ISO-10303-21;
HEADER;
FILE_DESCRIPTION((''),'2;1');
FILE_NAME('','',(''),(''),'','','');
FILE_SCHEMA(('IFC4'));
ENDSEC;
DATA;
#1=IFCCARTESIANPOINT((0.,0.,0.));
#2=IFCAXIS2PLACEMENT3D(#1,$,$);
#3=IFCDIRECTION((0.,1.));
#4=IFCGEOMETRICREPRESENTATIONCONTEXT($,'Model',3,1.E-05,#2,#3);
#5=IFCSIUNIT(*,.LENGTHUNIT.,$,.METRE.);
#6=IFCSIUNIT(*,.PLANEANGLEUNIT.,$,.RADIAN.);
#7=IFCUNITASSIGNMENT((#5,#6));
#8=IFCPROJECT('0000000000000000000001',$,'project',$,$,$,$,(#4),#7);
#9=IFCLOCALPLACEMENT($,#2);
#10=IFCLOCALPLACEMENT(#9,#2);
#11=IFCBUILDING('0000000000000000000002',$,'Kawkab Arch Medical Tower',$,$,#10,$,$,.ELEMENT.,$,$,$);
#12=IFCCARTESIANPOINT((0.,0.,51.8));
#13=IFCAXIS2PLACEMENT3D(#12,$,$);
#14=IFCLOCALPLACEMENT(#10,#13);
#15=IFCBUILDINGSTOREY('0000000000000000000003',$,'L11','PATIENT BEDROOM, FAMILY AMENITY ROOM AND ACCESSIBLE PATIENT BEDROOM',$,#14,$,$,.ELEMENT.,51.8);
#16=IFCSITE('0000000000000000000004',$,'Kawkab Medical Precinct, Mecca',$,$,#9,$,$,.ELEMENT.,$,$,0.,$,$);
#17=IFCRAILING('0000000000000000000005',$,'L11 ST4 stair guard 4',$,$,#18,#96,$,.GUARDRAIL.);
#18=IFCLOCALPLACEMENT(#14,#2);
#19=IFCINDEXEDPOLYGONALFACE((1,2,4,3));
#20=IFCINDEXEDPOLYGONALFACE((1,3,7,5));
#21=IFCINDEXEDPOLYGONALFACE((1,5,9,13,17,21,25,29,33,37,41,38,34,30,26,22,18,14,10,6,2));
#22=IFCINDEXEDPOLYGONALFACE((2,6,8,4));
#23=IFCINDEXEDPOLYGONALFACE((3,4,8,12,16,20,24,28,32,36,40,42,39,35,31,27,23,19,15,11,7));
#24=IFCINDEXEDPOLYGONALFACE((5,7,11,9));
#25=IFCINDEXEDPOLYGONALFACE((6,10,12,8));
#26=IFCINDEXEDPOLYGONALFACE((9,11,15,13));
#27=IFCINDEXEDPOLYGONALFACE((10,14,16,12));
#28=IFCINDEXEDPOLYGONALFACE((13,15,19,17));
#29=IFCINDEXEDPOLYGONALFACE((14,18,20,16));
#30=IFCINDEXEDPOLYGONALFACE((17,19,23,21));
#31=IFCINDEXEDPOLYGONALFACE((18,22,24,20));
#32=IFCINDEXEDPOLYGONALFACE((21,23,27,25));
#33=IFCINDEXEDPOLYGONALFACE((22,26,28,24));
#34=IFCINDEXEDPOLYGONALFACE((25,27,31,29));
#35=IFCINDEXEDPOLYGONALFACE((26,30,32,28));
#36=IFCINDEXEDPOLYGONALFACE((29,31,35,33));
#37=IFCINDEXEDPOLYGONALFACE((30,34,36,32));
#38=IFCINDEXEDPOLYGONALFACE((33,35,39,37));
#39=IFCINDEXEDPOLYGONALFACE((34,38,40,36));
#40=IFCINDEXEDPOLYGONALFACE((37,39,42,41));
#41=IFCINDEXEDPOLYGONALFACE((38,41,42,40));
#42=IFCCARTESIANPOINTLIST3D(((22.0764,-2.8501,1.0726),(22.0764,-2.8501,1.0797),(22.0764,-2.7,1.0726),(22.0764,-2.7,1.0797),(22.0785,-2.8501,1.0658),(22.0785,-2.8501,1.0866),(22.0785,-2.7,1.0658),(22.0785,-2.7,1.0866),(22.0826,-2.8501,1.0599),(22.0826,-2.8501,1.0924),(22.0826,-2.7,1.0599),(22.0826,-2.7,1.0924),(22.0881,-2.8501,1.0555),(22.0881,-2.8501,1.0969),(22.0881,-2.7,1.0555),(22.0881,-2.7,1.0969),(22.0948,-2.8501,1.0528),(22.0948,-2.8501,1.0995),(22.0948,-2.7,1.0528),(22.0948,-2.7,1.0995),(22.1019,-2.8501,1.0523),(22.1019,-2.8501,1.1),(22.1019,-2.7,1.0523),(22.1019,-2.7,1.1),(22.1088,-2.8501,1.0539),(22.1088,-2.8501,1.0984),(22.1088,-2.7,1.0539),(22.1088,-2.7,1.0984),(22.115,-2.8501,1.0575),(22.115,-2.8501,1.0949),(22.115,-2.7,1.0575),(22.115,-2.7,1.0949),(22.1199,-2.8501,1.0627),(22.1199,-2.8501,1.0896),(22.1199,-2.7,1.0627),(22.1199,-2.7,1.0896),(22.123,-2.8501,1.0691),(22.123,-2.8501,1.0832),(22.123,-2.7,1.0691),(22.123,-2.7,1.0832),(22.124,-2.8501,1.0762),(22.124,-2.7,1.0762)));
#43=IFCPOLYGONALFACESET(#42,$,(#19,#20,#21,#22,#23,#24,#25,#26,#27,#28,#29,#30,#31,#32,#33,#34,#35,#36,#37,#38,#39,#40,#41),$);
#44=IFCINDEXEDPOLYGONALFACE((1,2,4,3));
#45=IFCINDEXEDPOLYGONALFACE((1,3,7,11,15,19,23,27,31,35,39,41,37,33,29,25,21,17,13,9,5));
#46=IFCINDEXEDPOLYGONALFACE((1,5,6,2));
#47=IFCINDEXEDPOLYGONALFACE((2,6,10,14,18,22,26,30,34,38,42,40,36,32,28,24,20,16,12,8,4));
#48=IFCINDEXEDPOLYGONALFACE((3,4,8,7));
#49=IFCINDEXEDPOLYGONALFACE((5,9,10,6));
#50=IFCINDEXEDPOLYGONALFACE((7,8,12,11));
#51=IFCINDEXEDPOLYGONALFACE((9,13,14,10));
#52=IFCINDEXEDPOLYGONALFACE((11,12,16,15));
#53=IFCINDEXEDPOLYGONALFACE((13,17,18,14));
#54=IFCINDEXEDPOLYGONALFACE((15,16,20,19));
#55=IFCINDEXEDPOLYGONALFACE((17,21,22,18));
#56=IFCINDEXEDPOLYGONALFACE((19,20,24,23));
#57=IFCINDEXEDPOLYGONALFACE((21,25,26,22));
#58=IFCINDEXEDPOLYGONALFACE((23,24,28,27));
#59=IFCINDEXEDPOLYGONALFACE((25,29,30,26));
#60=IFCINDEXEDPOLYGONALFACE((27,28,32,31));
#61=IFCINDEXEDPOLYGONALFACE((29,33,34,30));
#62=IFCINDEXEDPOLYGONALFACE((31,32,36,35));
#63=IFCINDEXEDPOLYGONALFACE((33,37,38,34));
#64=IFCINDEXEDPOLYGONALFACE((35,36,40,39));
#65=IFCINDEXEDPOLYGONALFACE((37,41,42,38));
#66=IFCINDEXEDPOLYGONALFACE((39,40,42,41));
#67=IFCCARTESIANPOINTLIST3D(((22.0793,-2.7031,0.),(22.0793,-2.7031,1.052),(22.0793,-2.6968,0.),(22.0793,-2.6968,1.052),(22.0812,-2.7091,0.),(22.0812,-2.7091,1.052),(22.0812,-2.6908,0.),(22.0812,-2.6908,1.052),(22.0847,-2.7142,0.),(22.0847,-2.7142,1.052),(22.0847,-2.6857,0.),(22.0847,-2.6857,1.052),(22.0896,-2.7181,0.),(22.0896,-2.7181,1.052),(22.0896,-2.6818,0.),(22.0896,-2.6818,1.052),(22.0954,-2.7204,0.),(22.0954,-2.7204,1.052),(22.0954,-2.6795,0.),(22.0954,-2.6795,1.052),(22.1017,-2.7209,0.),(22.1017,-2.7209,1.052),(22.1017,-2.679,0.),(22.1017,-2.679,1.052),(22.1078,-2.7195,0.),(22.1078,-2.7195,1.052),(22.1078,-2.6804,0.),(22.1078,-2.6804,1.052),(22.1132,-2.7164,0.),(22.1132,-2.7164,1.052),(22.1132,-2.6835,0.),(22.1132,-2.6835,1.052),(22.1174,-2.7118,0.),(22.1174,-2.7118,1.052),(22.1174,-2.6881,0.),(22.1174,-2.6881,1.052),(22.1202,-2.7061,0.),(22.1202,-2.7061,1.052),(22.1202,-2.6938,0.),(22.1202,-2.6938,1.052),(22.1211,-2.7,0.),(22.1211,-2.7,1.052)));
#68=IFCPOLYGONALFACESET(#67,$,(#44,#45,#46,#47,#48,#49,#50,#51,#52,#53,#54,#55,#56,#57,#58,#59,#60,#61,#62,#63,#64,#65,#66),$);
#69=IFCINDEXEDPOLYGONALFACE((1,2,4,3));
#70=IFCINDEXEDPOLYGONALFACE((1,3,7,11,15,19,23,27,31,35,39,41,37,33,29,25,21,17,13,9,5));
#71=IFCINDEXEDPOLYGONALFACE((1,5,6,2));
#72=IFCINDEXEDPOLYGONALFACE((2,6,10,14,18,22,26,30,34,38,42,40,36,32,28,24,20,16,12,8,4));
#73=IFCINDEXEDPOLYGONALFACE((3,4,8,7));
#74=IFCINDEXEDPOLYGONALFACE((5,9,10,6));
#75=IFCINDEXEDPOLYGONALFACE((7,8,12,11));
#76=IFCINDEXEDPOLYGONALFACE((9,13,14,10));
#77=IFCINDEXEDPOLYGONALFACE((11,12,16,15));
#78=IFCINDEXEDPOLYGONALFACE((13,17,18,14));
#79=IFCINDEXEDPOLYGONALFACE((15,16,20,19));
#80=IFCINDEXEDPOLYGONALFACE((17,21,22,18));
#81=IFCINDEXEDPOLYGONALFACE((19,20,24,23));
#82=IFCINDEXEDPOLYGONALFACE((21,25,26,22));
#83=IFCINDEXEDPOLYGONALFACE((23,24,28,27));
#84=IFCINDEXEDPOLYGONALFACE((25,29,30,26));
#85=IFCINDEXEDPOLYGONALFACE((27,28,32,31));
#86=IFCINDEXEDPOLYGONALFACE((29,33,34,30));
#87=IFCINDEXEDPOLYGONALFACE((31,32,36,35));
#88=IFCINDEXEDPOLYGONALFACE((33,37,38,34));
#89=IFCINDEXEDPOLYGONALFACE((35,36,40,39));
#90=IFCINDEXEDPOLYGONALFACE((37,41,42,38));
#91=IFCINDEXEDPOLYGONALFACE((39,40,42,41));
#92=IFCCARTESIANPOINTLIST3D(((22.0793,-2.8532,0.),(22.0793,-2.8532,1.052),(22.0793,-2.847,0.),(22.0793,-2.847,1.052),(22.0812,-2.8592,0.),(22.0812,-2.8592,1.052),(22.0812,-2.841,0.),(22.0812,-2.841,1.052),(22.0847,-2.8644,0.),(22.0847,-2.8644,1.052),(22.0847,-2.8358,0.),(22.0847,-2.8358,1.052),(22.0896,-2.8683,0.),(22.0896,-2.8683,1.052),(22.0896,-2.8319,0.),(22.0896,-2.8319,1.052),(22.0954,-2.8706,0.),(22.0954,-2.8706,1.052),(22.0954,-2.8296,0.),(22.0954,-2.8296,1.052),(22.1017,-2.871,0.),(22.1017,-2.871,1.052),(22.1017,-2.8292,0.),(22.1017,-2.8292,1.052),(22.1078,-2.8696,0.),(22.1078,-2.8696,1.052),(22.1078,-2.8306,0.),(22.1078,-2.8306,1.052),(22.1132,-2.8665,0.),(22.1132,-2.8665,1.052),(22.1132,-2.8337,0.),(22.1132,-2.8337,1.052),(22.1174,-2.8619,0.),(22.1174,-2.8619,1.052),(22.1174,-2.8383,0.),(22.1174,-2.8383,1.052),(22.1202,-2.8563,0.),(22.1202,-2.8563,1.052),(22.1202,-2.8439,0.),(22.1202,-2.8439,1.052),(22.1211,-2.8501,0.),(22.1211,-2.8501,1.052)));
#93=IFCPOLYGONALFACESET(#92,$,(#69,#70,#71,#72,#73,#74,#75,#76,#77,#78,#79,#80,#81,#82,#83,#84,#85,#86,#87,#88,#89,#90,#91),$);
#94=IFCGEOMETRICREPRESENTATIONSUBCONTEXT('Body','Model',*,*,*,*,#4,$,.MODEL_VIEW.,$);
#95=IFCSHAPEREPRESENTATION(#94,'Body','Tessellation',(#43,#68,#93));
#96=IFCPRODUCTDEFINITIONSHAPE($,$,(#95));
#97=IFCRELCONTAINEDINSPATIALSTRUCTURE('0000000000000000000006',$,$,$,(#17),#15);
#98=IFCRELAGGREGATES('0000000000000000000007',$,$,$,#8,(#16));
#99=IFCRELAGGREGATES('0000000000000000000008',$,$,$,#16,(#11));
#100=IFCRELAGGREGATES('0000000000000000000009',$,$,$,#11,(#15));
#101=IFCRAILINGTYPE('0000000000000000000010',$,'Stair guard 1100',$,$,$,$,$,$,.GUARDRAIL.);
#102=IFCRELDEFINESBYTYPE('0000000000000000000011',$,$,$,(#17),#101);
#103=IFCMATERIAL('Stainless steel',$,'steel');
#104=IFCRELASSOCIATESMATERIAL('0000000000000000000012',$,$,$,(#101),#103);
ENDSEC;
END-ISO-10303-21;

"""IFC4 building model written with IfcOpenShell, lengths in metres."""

from ifc_helpers import new_model, si_unit, direction, frame, origin, origin_2d, place, context, subcontext, project, spatial, circle, extrude, material, type_object, element, save


model = new_model("IFC4")

# Units and contexts
model_context = context("Model", 3, precision=1e-05, world=origin(), true_north=direction((0.0, 1.0)))
body_context = subcontext(model_context, "Body", "Model", "MODEL_VIEW")
ifc_project = project(units=[si_unit("LENGTHUNIT", "METRE"), si_unit("PLANEANGLEUNIT", "RADIAN")], contexts=[model_context])

# Site, building, storey
site_placement = place(None, origin())
site = spatial("IfcSite", under=ifc_project, at=site_placement, Name="Kawkab Medical Precinct, Mecca", CompositionType="ELEMENT", RefElevation=0.0)
building_placement = place(site_placement, origin())
building = spatial("IfcBuilding", under=site, at=building_placement, Name="Kawkab Arch Medical Tower", CompositionType="ELEMENT")
storey_placement = place(building_placement, frame((0.0, 0.0, 51.8)))
storey = spatial("IfcBuildingStorey", under=building, at=storey_placement, Name="L11", Description="PATIENT BEDROOM, FAMILY AMENITY ROOM AND ACCESSIBLE PATIENT BEDROOM", CompositionType="ELEMENT", Elevation=51.8)

# Railing
ifc_material_1 = material(Name="Stainless steel", Category="steel")
railing_type = type_object("IfcRailingType", Name="Stair guard 1100", PredefinedType="GUARDRAIL", material=ifc_material_1)
railing_1_placement = place(storey_placement, frame((22.1001, -2.7, 0.0)))
element("IfcRailing", 1, at=railing_1_placement, inside=storey, type_object=railing_type, Name="L11 ST4 stair guard 4", PredefinedType="GUARDRAIL", context=body_context, shape_type="SweptSolid", body=[
    extrude(circle(Radius=0.0239, at=origin_2d()), frame((0.0, 0.0, 1.0762), z_axis=(0.0, -1.0, 0.0), x_axis=(1.0, 0.0, 0.0)), (0.0, 0.0, 1.0), 0.1501),
    extrude(circle(Radius=0.021, at=origin_2d()), origin(), (0.0, 0.0, 1.0), 1.052),
    extrude(circle(Radius=0.021, at=origin_2d()), frame((0.0, -0.1501, 0.0)), (0.0, 0.0, 1.0), 1.052),
])

save(model, "model.ifc")
